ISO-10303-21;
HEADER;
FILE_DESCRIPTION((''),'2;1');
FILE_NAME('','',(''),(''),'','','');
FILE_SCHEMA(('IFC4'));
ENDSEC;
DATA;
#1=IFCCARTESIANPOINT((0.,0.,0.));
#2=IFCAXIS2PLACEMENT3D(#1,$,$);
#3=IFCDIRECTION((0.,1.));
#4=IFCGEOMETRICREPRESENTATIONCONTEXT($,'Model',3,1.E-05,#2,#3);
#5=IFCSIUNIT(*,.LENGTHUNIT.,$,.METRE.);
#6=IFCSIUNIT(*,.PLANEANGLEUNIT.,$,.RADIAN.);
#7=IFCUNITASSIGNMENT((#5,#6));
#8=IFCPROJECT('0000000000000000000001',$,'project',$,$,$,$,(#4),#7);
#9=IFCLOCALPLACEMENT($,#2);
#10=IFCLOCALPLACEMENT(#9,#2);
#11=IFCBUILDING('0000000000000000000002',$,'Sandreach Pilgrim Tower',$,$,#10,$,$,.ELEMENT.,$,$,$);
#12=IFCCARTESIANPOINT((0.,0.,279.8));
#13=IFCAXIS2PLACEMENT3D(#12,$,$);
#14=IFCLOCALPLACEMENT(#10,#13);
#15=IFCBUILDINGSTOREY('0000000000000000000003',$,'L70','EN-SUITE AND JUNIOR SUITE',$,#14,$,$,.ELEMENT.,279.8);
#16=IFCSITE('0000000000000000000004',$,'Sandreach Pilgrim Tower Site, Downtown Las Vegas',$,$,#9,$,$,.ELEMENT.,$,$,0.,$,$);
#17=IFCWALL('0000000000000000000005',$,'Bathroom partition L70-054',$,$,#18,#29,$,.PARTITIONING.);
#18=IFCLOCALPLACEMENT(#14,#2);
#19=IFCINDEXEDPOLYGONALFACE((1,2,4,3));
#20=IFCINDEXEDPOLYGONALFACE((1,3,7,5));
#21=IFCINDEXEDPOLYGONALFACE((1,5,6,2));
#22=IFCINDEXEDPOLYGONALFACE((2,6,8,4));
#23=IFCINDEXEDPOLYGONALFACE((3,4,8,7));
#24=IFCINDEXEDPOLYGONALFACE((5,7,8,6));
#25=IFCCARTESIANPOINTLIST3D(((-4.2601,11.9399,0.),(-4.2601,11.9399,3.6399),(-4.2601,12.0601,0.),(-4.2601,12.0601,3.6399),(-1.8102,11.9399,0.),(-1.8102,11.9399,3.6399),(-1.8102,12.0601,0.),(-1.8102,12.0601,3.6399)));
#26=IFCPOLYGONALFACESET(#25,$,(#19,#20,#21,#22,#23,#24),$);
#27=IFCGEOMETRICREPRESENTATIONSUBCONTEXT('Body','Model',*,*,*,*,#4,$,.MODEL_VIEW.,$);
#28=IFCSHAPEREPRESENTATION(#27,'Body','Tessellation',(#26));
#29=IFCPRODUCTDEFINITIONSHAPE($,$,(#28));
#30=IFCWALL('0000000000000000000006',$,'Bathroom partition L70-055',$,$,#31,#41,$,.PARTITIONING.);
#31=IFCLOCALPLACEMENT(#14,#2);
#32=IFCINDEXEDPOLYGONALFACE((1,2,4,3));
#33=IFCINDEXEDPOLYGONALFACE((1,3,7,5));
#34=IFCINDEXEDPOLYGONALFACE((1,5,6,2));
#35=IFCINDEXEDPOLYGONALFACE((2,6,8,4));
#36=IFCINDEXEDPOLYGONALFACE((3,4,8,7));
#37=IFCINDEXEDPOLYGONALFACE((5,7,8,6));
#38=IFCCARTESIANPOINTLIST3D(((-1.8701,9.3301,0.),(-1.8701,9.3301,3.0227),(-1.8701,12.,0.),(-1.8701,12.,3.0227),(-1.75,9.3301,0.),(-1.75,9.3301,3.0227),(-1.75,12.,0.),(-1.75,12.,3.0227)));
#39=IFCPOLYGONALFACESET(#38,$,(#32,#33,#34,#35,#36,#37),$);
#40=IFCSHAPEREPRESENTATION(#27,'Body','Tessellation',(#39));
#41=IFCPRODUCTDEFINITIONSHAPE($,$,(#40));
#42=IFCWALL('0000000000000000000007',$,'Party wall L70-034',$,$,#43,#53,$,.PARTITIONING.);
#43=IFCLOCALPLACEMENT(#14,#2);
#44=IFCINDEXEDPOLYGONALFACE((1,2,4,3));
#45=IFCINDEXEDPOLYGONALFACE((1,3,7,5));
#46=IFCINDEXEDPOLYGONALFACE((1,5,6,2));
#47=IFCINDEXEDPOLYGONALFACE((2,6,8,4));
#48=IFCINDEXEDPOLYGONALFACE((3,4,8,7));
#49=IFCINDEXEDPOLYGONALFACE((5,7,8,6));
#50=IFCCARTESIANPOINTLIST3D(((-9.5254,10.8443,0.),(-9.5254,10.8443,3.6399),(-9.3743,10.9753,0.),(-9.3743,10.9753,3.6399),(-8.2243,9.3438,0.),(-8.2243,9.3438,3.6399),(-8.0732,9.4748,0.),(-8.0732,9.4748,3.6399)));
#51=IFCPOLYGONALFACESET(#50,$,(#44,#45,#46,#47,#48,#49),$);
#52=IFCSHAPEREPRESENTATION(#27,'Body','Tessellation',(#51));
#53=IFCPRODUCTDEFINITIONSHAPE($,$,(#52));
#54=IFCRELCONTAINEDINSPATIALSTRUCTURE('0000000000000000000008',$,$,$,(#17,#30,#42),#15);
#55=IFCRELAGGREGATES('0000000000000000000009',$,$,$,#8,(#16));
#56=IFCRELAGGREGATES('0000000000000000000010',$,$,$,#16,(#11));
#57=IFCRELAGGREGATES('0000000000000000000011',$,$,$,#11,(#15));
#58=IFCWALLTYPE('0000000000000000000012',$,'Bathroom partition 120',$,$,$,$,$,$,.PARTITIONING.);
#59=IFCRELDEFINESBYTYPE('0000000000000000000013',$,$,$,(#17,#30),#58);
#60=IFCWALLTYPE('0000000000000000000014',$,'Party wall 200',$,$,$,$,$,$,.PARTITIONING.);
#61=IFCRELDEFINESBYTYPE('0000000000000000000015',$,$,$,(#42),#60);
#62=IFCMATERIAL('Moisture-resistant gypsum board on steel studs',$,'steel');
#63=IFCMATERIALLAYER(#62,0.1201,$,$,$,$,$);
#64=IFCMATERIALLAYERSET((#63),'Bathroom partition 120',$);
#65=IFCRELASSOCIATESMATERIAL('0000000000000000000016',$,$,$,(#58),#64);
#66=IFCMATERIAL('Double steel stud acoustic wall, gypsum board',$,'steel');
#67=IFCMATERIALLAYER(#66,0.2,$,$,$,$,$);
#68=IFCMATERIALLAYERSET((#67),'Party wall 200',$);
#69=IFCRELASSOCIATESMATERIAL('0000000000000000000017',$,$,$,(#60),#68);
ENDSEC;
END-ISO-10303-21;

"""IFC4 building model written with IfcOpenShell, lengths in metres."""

from ifc_helpers import new_model, si_unit, direction, frame, frame_2d, origin, place, context, subcontext, project, spatial, rectangle, extrude, material, layer, layer_set, type_object, element, save


model = new_model("IFC4")

# Units and contexts
model_context = context("Model", 3, precision=1e-05, world=origin(), true_north=direction((0.0, 1.0)))
body_context = subcontext(model_context, "Body", "Model", "MODEL_VIEW")
ifc_project = project(units=[si_unit("LENGTHUNIT", "METRE"), si_unit("PLANEANGLEUNIT", "RADIAN")], contexts=[model_context])

# Site, building, storey
site_placement = place(None, origin())
site = spatial("IfcSite", under=ifc_project, at=site_placement, Name="Sandreach Pilgrim Tower Site, Downtown Las Vegas", CompositionType="ELEMENT", RefElevation=0.0)
building_placement = place(site_placement, origin())
building = spatial("IfcBuilding", under=site, at=building_placement, Name="Sandreach Pilgrim Tower", CompositionType="ELEMENT")
storey_placement = place(building_placement, frame((0.0, 0.0, 279.8)))
storey = spatial("IfcBuildingStorey", under=building, at=storey_placement, Name="L70", Description="EN-SUITE AND JUNIOR SUITE", CompositionType="ELEMENT", Elevation=279.8)

# Shared definitions
ifc_material_1 = material(Name="Moisture-resistant gypsum board on steel studs", Category="steel")
ifc_layer_1 = layer(ifc_material_1, 0.1201)
ifc_layer_set_1 = layer_set([ifc_layer_1], Name="Bathroom partition 120")
wall_type_1 = type_object("IfcWallType", Name="Bathroom partition 120", PredefinedType="PARTITIONING", material=ifc_layer_set_1)

# Walls
wall_1_placement = place(storey_placement, frame((-1.8101, 12.0, 0.0), z_axis=(0.0, 0.0, 1.0), x_axis=(-1.0, 0.0, 0.0)))
element("IfcWall", 1, at=wall_1_placement, inside=storey, type_object=wall_type_1, Name="Bathroom partition L70-054", PredefinedType="PARTITIONING", context=body_context, shape_type="SweptSolid", body=[
    extrude(rectangle(XDim=2.45, YDim=0.1201, at=frame_2d((1.2251, 0.0))), origin(), (0.0, 0.0, 1.0), 3.6399),
])
wall_2_placement = place(storey_placement, frame((-1.8101, 12.0, 0.0), z_axis=(0.0, 0.0, 1.0), x_axis=(0.0, -1.0, 0.0)))
element("IfcWall", 2, at=wall_2_placement, inside=storey, type_object=wall_type_1, Name="Bathroom partition L70-055", PredefinedType="PARTITIONING", context=body_context, shape_type="SweptSolid", body=[
    extrude(rectangle(XDim=2.6699, YDim=0.1201, at=frame_2d((1.335, 0.0))), origin(), (0.0, 0.0, 1.0), 3.0227),
])

# Wall
ifc_material_2 = material(Name="Double steel stud acoustic wall, gypsum board", Category="steel")
ifc_layer_2 = layer(ifc_material_2, 0.2)
ifc_layer_set_2 = layer_set([ifc_layer_2], Name="Party wall 200")
wall_type_2 = type_object("IfcWallType", Name="Party wall 200", PredefinedType="PARTITIONING", material=ifc_layer_set_2)
wall_3_placement = place(storey_placement, frame((-9.45, 10.9099, 0.0), z_axis=(0.0, 0.0, 1.0), x_axis=(0.655104, -0.755539, 0.0)))
element("IfcWall", 3, at=wall_3_placement, inside=storey, type_object=wall_type_2, Name="Party wall L70-034", PredefinedType="PARTITIONING", context=body_context, shape_type="SweptSolid", body=[
    extrude(rectangle(XDim=1.9861, YDim=0.2, at=frame_2d((0.9932, 0.0))), origin(), (0.0, 0.0, 1.0), 3.6399),
])

save(model, "model.ifc")
